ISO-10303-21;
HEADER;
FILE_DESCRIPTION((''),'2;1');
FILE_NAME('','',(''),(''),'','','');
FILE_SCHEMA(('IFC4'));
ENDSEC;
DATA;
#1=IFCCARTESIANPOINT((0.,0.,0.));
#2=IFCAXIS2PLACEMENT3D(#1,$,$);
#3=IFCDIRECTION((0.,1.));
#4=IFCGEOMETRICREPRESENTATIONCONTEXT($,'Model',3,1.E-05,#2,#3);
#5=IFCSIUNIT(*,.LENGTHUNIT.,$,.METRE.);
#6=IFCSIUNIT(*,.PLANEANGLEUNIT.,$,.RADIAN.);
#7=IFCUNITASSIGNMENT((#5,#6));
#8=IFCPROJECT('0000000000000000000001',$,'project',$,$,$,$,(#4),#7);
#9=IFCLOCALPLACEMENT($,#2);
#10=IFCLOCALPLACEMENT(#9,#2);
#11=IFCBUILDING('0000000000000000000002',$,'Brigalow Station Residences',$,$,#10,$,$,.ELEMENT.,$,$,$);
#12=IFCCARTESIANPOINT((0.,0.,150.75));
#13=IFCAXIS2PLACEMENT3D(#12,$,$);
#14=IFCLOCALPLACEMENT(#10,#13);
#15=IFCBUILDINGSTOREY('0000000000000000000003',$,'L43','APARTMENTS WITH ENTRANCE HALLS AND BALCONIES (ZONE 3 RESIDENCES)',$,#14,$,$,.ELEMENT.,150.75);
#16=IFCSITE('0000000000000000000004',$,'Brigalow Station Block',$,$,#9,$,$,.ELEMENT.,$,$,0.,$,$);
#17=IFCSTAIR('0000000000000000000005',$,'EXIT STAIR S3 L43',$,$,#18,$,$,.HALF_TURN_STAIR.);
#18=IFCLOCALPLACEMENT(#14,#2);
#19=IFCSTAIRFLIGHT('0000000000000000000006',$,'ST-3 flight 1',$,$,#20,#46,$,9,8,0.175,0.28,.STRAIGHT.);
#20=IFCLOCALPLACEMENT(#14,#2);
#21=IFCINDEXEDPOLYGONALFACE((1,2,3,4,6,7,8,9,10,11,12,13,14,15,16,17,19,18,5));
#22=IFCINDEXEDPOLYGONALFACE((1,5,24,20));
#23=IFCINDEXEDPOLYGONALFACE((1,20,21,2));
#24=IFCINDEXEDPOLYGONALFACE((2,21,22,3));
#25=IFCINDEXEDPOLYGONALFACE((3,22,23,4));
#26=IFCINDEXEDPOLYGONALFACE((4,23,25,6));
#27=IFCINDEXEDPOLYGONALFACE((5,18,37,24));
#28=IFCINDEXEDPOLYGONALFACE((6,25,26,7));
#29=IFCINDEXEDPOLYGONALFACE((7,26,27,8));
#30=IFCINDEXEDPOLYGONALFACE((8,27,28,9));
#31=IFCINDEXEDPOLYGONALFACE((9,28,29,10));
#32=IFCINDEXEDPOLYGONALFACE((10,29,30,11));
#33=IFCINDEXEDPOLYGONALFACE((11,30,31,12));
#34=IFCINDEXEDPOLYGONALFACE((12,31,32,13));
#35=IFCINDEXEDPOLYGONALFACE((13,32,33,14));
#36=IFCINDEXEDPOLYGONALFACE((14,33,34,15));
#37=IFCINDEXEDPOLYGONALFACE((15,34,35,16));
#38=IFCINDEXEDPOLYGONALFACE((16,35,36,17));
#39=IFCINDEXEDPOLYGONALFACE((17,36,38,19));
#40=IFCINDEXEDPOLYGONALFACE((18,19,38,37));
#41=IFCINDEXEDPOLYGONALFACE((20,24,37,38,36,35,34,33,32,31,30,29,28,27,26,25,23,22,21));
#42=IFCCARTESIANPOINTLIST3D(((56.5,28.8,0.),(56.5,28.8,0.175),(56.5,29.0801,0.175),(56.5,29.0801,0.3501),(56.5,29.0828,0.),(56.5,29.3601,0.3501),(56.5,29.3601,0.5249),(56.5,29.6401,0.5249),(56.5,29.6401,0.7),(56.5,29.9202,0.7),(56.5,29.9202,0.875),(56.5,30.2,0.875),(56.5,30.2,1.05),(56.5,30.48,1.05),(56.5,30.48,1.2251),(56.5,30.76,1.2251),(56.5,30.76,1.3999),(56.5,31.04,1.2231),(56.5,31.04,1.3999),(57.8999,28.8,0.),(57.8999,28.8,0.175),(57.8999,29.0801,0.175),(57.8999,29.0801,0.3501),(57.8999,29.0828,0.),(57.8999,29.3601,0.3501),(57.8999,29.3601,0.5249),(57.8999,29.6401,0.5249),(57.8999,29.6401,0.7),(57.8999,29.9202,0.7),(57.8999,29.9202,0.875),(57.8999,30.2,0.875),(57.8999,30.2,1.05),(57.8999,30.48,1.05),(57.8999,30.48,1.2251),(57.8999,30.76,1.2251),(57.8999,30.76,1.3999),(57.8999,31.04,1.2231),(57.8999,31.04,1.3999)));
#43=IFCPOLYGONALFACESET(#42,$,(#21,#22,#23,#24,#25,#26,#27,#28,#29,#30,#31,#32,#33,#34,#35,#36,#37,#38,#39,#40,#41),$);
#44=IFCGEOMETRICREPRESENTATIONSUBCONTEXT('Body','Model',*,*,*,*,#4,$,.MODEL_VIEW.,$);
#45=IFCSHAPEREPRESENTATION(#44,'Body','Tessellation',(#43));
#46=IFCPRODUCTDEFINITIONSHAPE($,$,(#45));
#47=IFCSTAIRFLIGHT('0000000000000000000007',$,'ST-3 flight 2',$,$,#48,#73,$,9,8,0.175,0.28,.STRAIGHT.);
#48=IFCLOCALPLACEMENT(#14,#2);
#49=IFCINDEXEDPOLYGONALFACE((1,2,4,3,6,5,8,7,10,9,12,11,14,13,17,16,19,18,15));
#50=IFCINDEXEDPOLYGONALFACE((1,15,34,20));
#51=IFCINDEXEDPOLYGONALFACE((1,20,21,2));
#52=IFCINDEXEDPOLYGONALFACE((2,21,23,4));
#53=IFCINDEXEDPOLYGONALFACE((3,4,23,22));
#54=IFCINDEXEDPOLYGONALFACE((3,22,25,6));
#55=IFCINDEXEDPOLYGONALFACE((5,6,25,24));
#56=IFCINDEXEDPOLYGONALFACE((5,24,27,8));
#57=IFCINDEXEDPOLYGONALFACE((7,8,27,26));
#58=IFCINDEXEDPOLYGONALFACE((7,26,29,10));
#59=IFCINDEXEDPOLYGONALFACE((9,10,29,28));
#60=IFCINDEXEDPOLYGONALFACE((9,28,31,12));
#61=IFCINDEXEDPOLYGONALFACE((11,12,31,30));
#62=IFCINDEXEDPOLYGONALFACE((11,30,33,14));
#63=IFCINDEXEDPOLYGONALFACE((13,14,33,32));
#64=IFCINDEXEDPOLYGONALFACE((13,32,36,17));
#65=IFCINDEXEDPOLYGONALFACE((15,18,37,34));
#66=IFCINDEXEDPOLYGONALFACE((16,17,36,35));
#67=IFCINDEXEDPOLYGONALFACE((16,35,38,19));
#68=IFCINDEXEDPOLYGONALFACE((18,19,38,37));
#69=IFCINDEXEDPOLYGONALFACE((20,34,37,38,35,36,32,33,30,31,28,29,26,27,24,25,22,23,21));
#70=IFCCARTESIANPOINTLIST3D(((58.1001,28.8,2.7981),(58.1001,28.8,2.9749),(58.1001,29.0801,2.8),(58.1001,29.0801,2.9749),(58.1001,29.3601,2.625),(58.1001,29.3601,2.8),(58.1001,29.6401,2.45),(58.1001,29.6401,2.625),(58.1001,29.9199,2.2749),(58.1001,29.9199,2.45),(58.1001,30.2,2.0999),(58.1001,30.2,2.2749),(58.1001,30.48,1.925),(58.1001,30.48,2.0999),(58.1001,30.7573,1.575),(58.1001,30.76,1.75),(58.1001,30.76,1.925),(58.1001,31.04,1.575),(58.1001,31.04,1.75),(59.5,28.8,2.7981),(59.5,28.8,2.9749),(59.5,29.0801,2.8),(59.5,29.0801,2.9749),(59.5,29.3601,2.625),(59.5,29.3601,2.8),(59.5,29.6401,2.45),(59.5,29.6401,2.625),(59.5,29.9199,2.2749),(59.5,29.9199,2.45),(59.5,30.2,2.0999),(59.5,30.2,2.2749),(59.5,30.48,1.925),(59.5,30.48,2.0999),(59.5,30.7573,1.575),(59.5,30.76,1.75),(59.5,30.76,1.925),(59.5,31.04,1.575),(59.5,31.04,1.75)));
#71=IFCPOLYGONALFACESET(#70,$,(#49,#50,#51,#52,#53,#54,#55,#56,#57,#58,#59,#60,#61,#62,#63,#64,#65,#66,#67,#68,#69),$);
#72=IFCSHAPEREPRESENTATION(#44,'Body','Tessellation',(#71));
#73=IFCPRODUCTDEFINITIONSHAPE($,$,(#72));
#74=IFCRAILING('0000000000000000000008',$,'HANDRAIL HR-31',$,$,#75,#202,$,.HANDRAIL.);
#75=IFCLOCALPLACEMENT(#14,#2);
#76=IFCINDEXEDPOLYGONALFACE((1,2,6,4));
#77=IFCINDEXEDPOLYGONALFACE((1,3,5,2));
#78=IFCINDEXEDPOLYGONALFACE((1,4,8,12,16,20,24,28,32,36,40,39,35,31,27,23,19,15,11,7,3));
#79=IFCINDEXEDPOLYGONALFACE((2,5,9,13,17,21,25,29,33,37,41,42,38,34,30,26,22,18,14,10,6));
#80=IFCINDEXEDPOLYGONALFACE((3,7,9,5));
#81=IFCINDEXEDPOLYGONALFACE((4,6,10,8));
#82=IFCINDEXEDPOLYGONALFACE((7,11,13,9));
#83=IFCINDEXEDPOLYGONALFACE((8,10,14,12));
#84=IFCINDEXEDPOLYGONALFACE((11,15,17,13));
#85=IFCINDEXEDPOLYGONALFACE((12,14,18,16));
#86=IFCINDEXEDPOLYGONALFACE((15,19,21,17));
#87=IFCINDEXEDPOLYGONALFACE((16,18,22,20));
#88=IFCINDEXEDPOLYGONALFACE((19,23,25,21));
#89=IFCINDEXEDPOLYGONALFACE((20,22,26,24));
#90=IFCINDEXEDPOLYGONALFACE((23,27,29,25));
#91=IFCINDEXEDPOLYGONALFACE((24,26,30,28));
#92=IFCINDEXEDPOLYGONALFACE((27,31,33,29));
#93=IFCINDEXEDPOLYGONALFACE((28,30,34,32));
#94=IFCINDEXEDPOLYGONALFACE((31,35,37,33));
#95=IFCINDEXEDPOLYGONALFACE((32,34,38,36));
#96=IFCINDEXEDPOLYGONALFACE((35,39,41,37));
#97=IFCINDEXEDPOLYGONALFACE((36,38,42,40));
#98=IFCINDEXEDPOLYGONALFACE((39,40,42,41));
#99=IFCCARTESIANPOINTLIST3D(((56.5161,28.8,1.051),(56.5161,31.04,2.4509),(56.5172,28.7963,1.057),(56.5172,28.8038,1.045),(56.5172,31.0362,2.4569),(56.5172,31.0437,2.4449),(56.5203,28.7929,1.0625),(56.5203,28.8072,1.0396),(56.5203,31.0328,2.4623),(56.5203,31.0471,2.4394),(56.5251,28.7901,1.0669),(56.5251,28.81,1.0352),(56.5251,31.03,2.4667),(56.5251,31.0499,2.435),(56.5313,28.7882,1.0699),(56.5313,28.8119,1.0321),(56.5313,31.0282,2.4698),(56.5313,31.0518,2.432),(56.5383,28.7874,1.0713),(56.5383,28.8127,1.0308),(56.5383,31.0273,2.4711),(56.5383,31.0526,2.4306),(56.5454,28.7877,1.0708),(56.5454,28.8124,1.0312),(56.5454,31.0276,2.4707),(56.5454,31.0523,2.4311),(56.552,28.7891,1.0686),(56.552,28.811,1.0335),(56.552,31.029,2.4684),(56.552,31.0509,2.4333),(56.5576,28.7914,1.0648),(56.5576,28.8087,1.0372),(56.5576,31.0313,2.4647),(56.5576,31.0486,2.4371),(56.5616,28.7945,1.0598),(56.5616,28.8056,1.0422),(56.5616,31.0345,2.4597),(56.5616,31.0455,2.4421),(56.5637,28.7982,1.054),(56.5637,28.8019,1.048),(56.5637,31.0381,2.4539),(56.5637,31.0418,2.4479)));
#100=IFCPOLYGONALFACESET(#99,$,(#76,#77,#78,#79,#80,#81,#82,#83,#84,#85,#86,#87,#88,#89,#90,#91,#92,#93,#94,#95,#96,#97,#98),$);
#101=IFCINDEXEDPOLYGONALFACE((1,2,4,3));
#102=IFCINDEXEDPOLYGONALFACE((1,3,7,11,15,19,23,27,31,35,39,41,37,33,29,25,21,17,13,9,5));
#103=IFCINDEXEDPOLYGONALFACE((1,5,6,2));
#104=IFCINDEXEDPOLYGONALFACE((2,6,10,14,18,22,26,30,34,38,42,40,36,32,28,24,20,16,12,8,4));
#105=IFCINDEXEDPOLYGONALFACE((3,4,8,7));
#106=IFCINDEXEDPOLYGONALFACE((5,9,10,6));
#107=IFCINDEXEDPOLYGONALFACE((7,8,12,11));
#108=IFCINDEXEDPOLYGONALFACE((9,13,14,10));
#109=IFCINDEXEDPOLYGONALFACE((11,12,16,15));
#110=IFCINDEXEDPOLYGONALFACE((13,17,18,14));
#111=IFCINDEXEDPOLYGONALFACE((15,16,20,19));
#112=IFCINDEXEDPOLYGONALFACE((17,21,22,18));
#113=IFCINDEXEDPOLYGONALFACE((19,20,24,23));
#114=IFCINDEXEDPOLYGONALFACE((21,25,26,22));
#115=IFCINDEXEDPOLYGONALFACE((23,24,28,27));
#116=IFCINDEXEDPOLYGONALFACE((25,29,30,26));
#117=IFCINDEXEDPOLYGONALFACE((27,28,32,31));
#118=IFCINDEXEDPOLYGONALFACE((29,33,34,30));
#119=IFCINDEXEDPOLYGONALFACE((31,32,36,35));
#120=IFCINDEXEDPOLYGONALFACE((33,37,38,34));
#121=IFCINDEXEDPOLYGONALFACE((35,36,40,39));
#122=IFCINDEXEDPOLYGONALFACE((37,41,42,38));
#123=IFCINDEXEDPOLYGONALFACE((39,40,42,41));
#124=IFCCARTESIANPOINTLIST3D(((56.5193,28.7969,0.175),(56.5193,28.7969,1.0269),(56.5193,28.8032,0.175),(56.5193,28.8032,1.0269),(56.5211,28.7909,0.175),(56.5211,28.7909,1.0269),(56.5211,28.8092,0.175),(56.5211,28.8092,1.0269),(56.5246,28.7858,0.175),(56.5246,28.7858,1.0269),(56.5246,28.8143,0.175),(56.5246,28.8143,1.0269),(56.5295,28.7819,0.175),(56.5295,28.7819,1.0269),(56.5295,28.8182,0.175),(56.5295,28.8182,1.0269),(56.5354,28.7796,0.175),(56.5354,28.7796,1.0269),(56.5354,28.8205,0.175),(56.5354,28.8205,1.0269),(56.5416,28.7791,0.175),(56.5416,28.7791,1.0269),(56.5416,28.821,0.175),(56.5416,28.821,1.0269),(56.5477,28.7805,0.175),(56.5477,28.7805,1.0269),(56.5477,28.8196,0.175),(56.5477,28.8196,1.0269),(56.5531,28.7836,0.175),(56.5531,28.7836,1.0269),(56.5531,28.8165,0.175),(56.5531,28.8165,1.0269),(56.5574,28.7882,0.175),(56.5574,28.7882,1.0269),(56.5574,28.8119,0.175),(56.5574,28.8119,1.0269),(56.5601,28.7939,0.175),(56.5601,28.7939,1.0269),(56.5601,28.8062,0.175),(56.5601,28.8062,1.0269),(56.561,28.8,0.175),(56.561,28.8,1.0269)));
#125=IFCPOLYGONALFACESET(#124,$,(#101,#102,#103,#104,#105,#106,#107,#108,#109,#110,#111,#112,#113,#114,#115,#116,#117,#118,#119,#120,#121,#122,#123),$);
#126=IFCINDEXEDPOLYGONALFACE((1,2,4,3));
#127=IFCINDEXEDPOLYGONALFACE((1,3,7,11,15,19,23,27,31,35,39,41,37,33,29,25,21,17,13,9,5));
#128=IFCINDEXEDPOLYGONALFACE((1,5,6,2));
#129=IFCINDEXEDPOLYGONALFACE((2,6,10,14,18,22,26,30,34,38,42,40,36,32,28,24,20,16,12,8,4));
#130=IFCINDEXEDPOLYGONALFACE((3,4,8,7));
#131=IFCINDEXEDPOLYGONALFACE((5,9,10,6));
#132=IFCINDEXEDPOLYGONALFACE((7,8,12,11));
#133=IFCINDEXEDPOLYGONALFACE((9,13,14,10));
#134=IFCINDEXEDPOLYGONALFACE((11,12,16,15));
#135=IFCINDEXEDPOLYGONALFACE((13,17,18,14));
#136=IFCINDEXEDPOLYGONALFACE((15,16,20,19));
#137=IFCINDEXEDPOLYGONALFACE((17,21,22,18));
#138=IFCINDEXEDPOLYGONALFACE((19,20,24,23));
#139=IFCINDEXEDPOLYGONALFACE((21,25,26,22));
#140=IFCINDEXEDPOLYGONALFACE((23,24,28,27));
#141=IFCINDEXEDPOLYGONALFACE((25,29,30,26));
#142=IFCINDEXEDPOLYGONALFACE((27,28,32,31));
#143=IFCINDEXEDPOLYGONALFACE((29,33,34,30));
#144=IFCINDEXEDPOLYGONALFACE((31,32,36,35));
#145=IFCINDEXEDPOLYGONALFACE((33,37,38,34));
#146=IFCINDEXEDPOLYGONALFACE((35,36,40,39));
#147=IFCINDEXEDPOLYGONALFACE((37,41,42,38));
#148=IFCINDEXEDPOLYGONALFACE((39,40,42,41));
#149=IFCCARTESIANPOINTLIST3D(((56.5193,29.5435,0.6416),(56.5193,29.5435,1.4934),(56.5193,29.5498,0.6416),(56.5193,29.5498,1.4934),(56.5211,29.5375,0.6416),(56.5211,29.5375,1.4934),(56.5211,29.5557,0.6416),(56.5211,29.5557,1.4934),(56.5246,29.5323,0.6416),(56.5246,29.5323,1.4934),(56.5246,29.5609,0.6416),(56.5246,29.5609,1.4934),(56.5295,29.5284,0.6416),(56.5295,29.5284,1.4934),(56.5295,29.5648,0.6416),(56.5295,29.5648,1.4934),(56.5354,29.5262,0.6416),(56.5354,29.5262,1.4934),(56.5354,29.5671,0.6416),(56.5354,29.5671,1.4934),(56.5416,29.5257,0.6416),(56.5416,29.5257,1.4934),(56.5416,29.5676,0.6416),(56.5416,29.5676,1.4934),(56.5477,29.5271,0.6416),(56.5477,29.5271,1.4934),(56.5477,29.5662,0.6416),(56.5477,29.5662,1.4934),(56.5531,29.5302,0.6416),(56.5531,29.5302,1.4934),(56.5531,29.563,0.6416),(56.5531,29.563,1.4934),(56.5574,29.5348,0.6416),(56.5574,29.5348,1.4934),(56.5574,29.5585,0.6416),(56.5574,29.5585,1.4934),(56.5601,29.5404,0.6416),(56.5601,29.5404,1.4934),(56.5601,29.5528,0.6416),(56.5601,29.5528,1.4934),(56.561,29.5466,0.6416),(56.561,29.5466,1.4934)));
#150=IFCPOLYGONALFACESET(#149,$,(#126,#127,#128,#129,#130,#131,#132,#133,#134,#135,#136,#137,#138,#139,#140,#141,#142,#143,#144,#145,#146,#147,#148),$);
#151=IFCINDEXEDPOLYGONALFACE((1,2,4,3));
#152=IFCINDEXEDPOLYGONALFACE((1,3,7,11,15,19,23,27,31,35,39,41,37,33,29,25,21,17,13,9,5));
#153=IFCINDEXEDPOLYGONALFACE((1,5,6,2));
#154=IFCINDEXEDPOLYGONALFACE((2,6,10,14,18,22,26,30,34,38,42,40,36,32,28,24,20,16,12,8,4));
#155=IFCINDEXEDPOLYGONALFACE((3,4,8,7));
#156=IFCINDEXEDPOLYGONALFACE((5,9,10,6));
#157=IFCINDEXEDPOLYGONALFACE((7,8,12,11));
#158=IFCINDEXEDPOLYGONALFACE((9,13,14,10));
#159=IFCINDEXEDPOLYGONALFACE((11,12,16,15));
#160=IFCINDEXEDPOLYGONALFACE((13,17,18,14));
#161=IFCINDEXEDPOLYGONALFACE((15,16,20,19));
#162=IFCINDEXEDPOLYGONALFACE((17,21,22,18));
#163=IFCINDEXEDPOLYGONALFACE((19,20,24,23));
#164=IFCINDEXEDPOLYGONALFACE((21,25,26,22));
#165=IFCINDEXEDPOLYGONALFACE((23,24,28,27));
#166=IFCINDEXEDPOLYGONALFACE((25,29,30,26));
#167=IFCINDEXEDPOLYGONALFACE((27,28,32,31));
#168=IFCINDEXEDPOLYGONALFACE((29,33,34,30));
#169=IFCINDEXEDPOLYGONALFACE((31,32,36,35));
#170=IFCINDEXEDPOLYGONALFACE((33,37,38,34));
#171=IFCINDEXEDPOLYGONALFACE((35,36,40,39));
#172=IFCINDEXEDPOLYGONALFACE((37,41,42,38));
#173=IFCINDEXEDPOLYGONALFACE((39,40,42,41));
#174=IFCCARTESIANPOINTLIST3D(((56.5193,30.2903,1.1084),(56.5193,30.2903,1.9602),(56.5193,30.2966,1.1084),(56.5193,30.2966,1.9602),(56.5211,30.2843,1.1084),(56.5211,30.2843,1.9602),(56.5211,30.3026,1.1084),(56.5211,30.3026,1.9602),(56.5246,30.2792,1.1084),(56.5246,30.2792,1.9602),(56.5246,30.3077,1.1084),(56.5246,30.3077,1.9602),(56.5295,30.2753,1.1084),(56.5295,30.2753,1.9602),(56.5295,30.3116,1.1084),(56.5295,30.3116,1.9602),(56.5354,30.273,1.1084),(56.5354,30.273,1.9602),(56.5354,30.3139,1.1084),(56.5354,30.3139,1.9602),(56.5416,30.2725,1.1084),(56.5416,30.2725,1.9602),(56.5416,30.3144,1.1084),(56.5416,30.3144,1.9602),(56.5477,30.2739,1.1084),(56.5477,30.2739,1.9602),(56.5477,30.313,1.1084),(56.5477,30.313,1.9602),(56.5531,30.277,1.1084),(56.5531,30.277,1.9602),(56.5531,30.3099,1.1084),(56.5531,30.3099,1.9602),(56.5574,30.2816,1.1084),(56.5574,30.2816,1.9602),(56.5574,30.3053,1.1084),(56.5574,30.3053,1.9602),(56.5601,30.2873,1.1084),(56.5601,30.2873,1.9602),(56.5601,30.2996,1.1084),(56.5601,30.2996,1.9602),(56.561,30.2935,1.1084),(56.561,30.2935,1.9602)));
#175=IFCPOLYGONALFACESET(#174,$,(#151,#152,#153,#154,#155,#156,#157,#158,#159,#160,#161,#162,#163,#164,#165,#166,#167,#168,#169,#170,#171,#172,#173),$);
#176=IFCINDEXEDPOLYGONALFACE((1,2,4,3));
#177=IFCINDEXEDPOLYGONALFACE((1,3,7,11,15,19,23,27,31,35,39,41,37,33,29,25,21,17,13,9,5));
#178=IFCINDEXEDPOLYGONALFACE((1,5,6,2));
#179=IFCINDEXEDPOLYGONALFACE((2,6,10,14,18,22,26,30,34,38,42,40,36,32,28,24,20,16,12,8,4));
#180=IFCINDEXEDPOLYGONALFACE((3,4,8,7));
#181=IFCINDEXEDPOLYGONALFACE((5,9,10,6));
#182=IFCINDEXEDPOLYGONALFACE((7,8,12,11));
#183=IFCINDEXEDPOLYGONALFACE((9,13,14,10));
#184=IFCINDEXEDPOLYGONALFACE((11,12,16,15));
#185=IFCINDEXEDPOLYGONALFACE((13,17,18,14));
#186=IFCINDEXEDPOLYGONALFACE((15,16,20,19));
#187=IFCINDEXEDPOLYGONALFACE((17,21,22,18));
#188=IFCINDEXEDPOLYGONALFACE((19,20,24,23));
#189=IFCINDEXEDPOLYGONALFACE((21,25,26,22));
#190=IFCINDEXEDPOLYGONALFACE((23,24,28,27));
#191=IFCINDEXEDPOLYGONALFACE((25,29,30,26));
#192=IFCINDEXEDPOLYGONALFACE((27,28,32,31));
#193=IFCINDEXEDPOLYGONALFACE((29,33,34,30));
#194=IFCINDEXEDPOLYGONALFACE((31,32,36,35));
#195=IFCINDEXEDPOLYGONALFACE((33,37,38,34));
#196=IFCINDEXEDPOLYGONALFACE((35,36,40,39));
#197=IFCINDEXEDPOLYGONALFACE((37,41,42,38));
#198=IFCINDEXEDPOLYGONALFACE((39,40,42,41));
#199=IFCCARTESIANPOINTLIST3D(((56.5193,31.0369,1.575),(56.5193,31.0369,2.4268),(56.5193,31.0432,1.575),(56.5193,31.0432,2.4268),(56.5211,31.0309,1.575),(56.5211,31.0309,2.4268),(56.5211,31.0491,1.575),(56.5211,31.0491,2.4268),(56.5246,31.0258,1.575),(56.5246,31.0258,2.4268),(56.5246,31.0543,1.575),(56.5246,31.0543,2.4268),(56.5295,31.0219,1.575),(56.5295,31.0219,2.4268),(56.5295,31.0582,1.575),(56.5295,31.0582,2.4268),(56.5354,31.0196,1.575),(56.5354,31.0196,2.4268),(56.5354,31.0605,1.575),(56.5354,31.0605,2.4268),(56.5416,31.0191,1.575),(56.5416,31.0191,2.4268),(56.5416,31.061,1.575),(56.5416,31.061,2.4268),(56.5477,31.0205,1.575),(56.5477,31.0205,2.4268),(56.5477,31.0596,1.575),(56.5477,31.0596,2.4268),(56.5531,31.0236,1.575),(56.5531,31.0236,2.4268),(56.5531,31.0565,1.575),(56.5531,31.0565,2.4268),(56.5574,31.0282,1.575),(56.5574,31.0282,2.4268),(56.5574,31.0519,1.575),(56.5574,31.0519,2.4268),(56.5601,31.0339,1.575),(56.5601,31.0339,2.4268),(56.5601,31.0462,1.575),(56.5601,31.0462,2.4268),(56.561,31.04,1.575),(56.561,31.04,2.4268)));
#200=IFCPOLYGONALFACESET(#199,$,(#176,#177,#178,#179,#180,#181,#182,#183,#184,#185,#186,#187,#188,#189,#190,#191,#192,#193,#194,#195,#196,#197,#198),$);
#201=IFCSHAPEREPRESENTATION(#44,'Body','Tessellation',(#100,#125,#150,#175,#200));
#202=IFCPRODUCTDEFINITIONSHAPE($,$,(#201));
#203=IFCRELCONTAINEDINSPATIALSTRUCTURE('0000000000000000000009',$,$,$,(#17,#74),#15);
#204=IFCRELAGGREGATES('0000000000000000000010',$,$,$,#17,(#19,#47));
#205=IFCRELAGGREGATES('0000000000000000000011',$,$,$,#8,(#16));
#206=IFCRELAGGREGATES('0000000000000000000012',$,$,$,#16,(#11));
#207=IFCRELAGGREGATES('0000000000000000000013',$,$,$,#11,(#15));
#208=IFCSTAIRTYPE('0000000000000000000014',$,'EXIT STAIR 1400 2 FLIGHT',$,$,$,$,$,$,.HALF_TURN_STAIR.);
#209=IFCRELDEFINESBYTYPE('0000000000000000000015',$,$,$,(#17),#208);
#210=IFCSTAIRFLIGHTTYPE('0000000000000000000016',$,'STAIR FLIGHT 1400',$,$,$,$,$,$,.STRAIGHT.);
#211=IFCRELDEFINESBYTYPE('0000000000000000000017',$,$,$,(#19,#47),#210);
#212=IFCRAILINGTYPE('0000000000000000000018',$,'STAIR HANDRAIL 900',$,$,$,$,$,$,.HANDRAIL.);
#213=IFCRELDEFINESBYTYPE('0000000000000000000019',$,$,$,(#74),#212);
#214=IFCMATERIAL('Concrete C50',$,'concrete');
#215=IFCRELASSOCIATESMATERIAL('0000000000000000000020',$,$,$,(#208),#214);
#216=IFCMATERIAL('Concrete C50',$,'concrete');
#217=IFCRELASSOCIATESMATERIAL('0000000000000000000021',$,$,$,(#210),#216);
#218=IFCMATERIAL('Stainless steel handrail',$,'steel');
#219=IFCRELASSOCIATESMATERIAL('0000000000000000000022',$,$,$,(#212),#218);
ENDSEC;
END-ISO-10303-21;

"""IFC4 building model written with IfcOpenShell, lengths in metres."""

from ifc_helpers import new_model, si_unit, direction, frame, origin, origin_2d, place, context, subcontext, project, spatial, polyline, circle, outline, extrude, material, type_object, element, aggregate, save


model = new_model("IFC4")

# Units and contexts
model_context = context("Model", 3, precision=1e-05, world=origin(), true_north=direction((0.0, 1.0)))
body_context = subcontext(model_context, "Body", "Model", "MODEL_VIEW")
ifc_project = project(units=[si_unit("LENGTHUNIT", "METRE"), si_unit("PLANEANGLEUNIT", "RADIAN")], contexts=[model_context])

# Site, building, storey
site_placement = place(None, origin())
site = spatial("IfcSite", under=ifc_project, at=site_placement, Name="Brigalow Station Block", CompositionType="ELEMENT", RefElevation=0.0)
building_placement = place(site_placement, origin())
building = spatial("IfcBuilding", under=site, at=building_placement, Name="Brigalow Station Residences", CompositionType="ELEMENT")
storey_placement = place(building_placement, frame((0.0, 0.0, 150.75)))
storey = spatial("IfcBuildingStorey", under=building, at=storey_placement, Name="L43", Description="APARTMENTS WITH ENTRANCE HALLS AND BALCONIES (ZONE 3 RESIDENCES)", CompositionType="ELEMENT", Elevation=150.75)

# Stair, stair flights
ifc_material_1 = material(Name="Concrete C50", Category="concrete")
stair_type = type_object("IfcStairType", Name="EXIT STAIR 1400 2 FLIGHT", PredefinedType="HALF_TURN_STAIR", material=ifc_material_1)
stair_placement = place(storey_placement, origin())
stair = element("IfcStair", 1, at=stair_placement, inside=storey, type_object=stair_type, Name="EXIT STAIR S3 L43", PredefinedType="HALF_TURN_STAIR")
ifc_material_2 = material(Name="Concrete C50", Category="concrete")
stair_flight_type = type_object("IfcStairFlightType", Name="STAIR FLIGHT 1400", PredefinedType="STRAIGHT", material=ifc_material_2)
stair_flight_1_placement = place(storey_placement, frame((57.2, 28.8, 0.0), z_axis=(0.0, 0.0, 1.0), x_axis=(0.0, 1.0, 0.0)))
stair_flight_1 = element("IfcStairFlight", 2, at=stair_flight_1_placement, type_object=stair_flight_type, Name="ST-3 flight 1", NumberOfRisers=9, NumberOfTreads=8, PredefinedType="STRAIGHT", RiserHeight=0.175, TreadLength=0.28, context=body_context, shape_type="SweptSolid", body=[
    extrude(outline(polyline([(0.0, 0.0), (0.0, 0.175), (0.28, 0.175), (0.28, 0.3501), (0.5601, 0.3501), (0.5601, 0.5249), (0.8401, 0.5249), (0.8401, 0.7), (1.1201, 0.7), (1.1201, 0.875), (1.3999, 0.875), (1.3999, 1.05), (1.6799, 1.05), (1.6799, 1.2251), (1.96, 1.2251), (1.96, 1.3999), (2.24, 1.3999), (2.24, 1.575), (2.24, 1.2231), (0.2827, 0.0), (0.0, 0.0)])), frame((0.0, 0.7, 0.0), z_axis=(0.0, -1.0, 0.0), x_axis=(1.0, 0.0, 0.0)), (0.0, 0.0, 1.0), 1.3999),
])
stair_flight_2_placement = place(storey_placement, frame((58.8, 31.04, 1.575), z_axis=(0.0, 0.0, 1.0), x_axis=(0.0, -1.0, 0.0)))
stair_flight_2 = element("IfcStairFlight", 3, at=stair_flight_2_placement, type_object=stair_flight_type, Name="ST-3 flight 2", NumberOfRisers=9, NumberOfTreads=8, PredefinedType="STRAIGHT", RiserHeight=0.175, TreadLength=0.28, context=body_context, shape_type="SweptSolid", body=[
    extrude(outline(polyline([(0.0, 0.0), (0.0, 0.175), (0.28, 0.175), (0.28, 0.3501), (0.5601, 0.3501), (0.5601, 0.5249), (0.8401, 0.5249), (0.8401, 0.7), (1.1201, 0.7), (1.1201, 0.875), (1.3999, 0.875), (1.3999, 1.05), (1.6799, 1.05), (1.6799, 1.2251), (1.96, 1.2251), (1.96, 1.3999), (2.24, 1.3999), (2.24, 1.575), (2.24, 1.2231), (0.2827, 0.0), (0.0, 0.0)])), frame((0.0, 0.7, 0.0), z_axis=(0.0, -1.0, 0.0), x_axis=(1.0, 0.0, 0.0)), (0.0, 0.0, 1.0), 1.3999),
])
aggregate(stair, [stair_flight_1, stair_flight_2])

# Railing
ifc_material_3 = material(Name="Stainless steel handrail", Category="steel")
railing_type_1 = type_object("IfcRailingType", Name="STAIR HANDRAIL 900", PredefinedType="HANDRAIL", material=ifc_material_3)
railing_1_placement = place(storey_placement, frame((56.54, 28.8, 0.175)))
element("IfcRailing", 4, at=railing_1_placement, inside=storey, type_object=railing_type_1, Name="HANDRAIL HR-31", PredefinedType="HANDRAIL", context=body_context, shape_type="SweptSolid", body=[
    extrude(circle(Radius=0.0239, at=origin_2d()), frame((0.0, 0.0, 0.876), z_axis=(0.0, 0.848014, 0.529974), x_axis=(-1.0, 0.0, 0.0)), (0.0, 0.0, 1.0), 2.6414),
    extrude(circle(Radius=0.021, at=origin_2d()), origin(), (0.0, 0.0, 1.0), 0.8518),
    extrude(circle(Radius=0.021, at=origin_2d()), frame((0.0, 0.7466, 0.4666)), (0.0, 0.0, 1.0), 0.8518),
    extrude(circle(Radius=0.021, at=origin_2d()), frame((0.0, 1.4934, 0.9333)), (0.0, 0.0, 1.0), 0.8518),
    extrude(circle(Radius=0.021, at=origin_2d()), frame((0.0, 2.24, 1.3999)), (0.0, 0.0, 1.0), 0.8518),
])

save(model, "model.ifc")
